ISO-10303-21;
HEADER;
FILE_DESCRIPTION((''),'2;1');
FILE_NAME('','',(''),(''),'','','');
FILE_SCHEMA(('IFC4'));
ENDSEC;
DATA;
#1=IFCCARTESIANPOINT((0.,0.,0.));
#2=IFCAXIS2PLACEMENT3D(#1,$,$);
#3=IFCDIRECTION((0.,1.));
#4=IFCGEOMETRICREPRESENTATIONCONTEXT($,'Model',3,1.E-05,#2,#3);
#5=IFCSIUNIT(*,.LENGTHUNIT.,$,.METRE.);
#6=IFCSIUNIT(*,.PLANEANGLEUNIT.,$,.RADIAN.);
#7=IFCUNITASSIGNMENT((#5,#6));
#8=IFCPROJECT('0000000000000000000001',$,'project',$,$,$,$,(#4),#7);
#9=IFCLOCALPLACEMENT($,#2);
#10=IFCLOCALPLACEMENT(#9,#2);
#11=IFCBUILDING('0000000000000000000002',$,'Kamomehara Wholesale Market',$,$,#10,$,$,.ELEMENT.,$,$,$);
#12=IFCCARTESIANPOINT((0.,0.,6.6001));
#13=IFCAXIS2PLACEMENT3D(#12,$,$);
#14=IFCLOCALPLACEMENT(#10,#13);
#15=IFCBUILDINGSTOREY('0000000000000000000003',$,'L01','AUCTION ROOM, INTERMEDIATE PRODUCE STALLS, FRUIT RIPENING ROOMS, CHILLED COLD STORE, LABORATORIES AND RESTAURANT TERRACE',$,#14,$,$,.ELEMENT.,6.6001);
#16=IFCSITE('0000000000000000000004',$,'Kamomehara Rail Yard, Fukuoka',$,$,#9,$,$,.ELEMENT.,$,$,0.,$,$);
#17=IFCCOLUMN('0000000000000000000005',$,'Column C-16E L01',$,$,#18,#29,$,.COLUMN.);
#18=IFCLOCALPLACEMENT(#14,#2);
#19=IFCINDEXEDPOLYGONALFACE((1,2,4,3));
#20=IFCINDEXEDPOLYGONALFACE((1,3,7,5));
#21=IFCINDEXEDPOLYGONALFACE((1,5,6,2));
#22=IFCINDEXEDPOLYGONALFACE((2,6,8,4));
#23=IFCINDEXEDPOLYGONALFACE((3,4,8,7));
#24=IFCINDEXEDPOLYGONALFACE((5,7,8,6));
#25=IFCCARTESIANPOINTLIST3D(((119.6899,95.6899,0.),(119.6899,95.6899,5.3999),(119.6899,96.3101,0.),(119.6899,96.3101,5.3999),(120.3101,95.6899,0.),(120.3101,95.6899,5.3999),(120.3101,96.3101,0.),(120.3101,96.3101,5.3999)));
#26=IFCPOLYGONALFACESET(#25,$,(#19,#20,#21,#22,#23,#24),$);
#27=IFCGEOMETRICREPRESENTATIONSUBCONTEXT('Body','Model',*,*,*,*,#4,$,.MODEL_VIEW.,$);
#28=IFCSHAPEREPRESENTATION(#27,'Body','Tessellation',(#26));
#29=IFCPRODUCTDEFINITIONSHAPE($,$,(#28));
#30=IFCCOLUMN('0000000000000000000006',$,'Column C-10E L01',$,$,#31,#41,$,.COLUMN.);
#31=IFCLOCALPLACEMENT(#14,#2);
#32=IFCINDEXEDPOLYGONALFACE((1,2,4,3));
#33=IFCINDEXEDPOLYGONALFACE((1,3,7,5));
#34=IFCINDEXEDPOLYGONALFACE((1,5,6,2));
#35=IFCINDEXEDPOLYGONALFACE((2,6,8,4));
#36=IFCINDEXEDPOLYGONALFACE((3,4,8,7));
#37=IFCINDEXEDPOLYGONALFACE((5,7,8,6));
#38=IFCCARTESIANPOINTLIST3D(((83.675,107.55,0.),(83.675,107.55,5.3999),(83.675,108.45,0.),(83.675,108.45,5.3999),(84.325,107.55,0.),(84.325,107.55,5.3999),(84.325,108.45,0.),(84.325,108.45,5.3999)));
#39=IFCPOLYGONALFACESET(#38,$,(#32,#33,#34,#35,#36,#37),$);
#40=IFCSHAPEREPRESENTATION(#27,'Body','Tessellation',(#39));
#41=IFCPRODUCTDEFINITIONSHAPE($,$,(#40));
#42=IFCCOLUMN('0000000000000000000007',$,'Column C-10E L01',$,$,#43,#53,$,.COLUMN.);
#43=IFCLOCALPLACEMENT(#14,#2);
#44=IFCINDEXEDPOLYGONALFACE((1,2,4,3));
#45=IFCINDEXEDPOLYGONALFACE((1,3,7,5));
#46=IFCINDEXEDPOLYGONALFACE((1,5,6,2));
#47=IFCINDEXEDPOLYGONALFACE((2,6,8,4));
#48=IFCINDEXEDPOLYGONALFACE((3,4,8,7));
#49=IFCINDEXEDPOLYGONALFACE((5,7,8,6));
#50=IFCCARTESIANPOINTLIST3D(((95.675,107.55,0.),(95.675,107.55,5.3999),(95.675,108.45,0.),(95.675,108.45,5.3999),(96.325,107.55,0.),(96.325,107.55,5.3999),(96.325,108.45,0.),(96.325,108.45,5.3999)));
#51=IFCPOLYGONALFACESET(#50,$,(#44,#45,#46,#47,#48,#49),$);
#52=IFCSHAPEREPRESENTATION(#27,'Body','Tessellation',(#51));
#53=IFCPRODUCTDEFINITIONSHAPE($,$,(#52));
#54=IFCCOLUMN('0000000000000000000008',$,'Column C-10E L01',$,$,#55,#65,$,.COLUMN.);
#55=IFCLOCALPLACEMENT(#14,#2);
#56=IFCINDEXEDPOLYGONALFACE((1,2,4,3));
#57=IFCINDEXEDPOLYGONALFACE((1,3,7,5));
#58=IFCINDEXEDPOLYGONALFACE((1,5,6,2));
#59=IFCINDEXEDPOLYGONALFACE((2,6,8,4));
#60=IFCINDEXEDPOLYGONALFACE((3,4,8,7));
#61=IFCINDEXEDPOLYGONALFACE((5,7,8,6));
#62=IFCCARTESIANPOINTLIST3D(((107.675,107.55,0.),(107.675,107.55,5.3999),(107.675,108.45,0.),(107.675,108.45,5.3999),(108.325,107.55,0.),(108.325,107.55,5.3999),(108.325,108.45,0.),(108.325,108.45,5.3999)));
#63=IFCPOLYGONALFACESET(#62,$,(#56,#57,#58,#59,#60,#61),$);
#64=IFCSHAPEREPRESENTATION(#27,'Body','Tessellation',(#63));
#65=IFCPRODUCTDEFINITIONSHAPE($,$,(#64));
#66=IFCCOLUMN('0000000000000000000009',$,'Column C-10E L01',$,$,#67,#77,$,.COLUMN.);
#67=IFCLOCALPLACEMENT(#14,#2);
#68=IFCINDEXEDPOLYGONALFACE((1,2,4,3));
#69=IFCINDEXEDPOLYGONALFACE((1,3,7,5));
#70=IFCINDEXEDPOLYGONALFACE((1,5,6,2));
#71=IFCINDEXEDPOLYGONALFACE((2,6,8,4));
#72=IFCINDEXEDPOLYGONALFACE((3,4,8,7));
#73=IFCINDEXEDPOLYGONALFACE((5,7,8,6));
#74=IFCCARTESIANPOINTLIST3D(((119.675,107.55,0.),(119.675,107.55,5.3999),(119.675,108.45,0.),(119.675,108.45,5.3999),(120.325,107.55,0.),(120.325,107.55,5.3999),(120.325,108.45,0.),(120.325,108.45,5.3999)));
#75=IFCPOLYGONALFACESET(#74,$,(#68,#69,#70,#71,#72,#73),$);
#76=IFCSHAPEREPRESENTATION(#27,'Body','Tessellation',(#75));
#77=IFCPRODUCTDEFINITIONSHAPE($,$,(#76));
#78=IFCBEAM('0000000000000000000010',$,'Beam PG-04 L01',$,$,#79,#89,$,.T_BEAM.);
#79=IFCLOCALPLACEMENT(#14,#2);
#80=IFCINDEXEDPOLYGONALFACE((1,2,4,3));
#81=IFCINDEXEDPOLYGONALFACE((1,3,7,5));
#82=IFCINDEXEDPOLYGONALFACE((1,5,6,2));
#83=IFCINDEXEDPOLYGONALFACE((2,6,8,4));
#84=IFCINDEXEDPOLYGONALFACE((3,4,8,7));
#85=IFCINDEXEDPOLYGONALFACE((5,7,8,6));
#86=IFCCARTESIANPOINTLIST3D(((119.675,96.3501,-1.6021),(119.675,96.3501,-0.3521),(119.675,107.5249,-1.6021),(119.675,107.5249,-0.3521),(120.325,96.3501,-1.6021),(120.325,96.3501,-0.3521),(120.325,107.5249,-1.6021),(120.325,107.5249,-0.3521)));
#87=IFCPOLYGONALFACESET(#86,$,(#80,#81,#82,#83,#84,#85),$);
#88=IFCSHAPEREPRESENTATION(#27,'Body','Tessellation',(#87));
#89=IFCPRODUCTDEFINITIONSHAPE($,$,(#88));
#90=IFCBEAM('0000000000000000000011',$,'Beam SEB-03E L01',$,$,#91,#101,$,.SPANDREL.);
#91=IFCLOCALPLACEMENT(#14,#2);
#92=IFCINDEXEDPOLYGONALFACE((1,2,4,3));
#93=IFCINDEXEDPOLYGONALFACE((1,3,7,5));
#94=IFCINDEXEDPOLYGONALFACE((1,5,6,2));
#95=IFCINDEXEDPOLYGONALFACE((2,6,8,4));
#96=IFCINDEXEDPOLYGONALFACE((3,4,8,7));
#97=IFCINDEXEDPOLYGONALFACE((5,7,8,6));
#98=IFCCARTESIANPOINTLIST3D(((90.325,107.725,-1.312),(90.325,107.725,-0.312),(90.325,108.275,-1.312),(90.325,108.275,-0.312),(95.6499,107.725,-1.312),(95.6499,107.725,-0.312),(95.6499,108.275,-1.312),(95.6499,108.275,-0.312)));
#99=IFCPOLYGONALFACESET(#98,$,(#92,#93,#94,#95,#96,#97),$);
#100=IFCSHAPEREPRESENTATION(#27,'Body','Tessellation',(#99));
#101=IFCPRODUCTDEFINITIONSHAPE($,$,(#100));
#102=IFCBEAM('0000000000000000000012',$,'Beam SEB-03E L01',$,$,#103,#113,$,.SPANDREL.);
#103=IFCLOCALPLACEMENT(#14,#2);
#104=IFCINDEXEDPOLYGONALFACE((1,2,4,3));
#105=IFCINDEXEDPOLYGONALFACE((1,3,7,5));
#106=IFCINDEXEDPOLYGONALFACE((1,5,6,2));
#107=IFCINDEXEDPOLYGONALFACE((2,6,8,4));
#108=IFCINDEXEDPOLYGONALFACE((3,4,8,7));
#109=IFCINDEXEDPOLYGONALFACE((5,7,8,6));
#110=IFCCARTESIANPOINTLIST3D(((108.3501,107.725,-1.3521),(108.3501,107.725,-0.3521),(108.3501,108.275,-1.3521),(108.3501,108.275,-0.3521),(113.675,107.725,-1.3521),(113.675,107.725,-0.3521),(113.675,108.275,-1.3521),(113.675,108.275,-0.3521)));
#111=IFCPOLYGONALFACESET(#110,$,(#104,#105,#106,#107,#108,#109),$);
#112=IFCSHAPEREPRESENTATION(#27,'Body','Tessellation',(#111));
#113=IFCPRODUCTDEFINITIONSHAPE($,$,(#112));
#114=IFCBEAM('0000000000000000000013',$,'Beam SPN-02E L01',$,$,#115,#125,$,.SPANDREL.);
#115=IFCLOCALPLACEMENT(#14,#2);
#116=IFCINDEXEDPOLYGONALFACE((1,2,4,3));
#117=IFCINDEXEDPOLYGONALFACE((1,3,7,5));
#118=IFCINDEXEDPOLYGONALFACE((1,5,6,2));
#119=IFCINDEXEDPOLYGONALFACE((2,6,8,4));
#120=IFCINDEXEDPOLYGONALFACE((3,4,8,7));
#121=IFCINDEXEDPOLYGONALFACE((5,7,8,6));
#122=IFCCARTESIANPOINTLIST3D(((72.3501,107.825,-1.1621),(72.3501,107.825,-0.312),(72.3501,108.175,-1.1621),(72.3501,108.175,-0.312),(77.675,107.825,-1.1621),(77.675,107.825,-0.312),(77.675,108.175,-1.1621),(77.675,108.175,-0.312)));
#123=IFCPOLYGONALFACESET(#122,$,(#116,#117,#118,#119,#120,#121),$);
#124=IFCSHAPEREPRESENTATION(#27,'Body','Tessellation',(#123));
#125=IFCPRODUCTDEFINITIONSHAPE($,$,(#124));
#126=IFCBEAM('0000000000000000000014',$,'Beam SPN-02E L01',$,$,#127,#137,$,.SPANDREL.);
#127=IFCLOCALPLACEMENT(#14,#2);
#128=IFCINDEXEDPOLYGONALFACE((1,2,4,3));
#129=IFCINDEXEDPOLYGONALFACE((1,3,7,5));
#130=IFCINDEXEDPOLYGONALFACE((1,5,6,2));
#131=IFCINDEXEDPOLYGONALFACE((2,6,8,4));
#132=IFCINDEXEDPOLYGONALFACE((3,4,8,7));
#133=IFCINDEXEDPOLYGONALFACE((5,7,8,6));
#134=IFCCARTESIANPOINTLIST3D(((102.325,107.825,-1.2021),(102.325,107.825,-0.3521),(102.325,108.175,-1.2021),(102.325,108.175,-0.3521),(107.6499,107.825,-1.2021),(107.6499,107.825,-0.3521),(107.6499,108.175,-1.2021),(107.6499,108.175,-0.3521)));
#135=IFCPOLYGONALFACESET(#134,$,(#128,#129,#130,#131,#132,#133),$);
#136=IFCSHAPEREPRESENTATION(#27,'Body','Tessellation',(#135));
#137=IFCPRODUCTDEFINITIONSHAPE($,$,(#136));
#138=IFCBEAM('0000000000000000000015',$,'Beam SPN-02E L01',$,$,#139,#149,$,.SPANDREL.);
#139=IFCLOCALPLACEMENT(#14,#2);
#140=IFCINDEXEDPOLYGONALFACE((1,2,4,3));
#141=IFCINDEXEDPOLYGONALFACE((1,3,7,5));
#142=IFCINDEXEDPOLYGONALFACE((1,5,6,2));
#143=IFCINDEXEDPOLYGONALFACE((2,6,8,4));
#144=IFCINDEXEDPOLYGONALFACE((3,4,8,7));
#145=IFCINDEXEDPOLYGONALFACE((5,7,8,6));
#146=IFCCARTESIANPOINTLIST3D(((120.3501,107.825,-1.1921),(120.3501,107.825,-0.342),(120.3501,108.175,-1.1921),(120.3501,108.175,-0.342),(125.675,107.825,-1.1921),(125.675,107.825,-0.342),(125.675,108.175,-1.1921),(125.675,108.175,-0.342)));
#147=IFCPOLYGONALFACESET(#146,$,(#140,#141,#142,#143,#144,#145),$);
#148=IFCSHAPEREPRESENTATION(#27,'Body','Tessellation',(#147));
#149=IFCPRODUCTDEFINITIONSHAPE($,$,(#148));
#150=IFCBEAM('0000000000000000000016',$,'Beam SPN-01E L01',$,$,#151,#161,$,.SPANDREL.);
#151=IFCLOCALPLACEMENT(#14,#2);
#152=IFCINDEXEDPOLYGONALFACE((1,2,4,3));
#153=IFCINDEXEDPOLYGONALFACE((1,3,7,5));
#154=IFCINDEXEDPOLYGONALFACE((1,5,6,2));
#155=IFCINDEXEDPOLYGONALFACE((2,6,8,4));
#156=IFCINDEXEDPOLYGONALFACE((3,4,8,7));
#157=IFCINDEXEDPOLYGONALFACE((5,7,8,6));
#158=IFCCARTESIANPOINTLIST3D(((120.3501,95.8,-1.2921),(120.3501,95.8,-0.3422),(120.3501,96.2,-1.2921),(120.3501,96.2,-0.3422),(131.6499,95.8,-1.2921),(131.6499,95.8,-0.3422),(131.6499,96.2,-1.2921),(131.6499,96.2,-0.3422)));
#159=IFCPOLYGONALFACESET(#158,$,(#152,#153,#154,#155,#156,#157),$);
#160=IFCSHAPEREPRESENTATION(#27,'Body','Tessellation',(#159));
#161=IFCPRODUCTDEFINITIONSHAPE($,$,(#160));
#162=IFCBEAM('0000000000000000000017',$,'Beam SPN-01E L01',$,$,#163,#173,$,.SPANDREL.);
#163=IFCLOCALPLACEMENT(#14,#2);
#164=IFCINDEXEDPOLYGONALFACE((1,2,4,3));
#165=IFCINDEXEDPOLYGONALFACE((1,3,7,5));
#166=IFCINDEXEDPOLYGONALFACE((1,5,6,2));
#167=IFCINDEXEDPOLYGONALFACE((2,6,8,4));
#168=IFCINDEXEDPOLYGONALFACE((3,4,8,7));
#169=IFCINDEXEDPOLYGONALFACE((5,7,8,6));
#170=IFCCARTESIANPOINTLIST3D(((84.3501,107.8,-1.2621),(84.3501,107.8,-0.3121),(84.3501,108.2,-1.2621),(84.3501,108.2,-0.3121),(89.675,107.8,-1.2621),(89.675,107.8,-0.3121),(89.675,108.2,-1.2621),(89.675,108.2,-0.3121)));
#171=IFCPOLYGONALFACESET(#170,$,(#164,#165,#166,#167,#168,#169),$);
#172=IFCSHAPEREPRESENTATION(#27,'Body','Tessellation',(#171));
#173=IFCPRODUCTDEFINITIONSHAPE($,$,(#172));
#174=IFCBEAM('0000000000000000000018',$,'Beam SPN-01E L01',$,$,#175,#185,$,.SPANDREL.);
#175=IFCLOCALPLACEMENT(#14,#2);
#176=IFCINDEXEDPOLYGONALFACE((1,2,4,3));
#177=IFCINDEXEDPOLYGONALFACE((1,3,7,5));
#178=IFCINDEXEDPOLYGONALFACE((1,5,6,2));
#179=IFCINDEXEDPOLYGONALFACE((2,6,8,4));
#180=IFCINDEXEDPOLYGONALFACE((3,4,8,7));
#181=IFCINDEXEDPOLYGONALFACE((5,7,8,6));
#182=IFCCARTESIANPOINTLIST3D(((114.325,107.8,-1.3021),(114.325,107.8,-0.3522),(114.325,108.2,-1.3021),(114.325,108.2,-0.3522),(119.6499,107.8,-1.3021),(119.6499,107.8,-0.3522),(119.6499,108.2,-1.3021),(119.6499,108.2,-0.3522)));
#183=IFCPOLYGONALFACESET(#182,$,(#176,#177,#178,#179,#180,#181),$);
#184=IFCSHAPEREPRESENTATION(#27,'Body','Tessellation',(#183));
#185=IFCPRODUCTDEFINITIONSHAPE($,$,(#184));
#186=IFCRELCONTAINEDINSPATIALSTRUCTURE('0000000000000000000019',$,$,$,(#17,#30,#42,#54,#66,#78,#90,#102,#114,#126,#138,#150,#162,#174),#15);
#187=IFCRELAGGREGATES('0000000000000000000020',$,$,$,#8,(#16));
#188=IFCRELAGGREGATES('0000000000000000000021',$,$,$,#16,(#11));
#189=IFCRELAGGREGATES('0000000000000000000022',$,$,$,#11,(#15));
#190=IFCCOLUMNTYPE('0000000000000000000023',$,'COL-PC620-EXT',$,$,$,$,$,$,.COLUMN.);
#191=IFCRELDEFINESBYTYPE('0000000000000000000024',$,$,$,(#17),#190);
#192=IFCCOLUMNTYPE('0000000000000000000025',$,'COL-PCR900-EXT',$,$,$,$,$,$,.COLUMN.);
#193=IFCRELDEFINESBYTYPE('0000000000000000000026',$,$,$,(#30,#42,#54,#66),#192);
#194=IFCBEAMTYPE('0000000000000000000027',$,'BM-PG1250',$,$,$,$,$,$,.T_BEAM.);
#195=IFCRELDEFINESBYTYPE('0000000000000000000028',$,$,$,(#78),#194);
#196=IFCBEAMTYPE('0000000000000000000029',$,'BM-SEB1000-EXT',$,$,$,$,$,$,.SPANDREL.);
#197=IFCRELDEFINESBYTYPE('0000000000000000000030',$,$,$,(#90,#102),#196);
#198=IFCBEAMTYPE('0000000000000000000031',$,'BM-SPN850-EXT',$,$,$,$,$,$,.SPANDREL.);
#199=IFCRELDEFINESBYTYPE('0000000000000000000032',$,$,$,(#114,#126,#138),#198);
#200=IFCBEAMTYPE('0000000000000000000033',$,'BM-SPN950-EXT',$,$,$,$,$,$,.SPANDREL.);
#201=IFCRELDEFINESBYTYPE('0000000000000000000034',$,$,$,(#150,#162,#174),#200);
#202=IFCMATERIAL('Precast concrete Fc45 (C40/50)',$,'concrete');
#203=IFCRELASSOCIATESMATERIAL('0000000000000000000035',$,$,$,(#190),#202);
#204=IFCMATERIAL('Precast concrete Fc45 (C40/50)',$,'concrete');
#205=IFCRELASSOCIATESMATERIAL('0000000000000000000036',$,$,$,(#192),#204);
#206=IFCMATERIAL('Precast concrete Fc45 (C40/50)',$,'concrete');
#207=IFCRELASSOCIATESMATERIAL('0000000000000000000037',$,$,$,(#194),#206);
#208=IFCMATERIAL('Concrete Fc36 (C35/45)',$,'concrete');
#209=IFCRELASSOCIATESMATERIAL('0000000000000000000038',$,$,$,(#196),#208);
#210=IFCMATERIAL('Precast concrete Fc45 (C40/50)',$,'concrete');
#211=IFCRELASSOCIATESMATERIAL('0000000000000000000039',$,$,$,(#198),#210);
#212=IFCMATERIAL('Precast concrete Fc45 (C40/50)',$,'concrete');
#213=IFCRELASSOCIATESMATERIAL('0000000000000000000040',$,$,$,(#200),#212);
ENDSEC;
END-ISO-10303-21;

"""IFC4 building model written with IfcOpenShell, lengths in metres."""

from ifc_helpers import new_model, si_unit, direction, frame, origin, origin_2d, place, context, subcontext, project, spatial, rectangle, extrude, material, material_profile, profile_set, type_object, element, save


model = new_model("IFC4")

# Units and contexts
model_context = context("Model", 3, precision=1e-05, world=origin(), true_north=direction((0.0, 1.0)))
body_context = subcontext(model_context, "Body", "Model", "MODEL_VIEW")
ifc_project = project(units=[si_unit("LENGTHUNIT", "METRE"), si_unit("PLANEANGLEUNIT", "RADIAN")], contexts=[model_context])

# Site, building, storey
site_placement = place(None, origin())
site = spatial("IfcSite", under=ifc_project, at=site_placement, Name="Kamomehara Rail Yard, Fukuoka", CompositionType="ELEMENT", RefElevation=0.0)
building_placement = place(site_placement, origin())
building = spatial("IfcBuilding", under=site, at=building_placement, Name="Kamomehara Wholesale Market", CompositionType="ELEMENT")
storey_placement = place(building_placement, frame((0.0, 0.0, 6.6001)))
storey = spatial("IfcBuildingStorey", under=building, at=storey_placement, Name="L01", Description="AUCTION ROOM, INTERMEDIATE PRODUCE STALLS, FRUIT RIPENING ROOMS, CHILLED COLD STORE, LABORATORIES AND RESTAURANT TERRACE", CompositionType="ELEMENT", Elevation=6.6001)

# Columns
ifc_material_1 = material(Name="Precast concrete Fc45 (C40/50)", Category="concrete")
ifc_material_profile_1 = material_profile(ifc_material_1, rectangle(XDim=0.6201, YDim=0.6201, at=origin_2d()), Name="PC-COL-620x620")
ifc_profile_set_1 = profile_set([ifc_material_profile_1], Name="Precast concrete Fc45 (C40/50)")
column_type_1 = type_object("IfcColumnType", Name="COL-PC620-EXT", PredefinedType="COLUMN", material=ifc_profile_set_1)
column_placement = place(storey_placement, frame((120.0, 96.0, 0.0), z_axis=(0.0, 0.0, 1.0), x_axis=(1.0, 0.0, 0.0)))
element("IfcColumn", 1, at=column_placement, inside=storey, type_object=column_type_1, Name="Column C-16E L01", PredefinedType="COLUMN", context=body_context, shape_type="SweptSolid", body=[
    extrude(rectangle(XDim=0.6201, YDim=0.6201, at=origin_2d()), origin(), (0.0, 0.0, 1.0), 5.3999),
])
ifc_material_2 = material(Name="Precast concrete Fc45 (C40/50)", Category="concrete")
ifc_material_profile_2 = material_profile(ifc_material_2, rectangle(XDim=0.6499, YDim=0.8999, at=origin_2d()), Name="PC-COL-650x900")
ifc_profile_set_2 = profile_set([ifc_material_profile_2], Name="Precast concrete Fc45 (C40/50)")
column_type_2 = type_object("IfcColumnType", Name="COL-PCR900-EXT", PredefinedType="COLUMN", material=ifc_profile_set_2)
for number, where, z_axis, x_axis, name in (
    (2, (84.0, 108.0, 0.0), (0.0, 0.0, 1.0), (1.0, 0.0, 0.0), "Column C-10E L01"),
    (3, (96.0, 108.0, 0.0), (0.0, 0.0, 1.0), (1.0, 0.0, 0.0), "Column C-10E L01"),
    (4, (108.0, 108.0, 0.0), (0.0, 0.0, 1.0), (1.0, 0.0, 0.0), "Column C-10E L01"),
    (5, (120.0, 108.0, 0.0), (0.0, 0.0, 1.0), (1.0, 0.0, 0.0), "Column C-10E L01"),
):
    element("IfcColumn", number, at=place(storey_placement, frame(where, z_axis=z_axis, x_axis=x_axis)), inside=storey, type_object=column_type_2, Name=name, PredefinedType="COLUMN", context=body_context, shape_type="SweptSolid", body=[
        extrude(rectangle(XDim=0.6499, YDim=0.8999, at=origin_2d()), origin(), (0.0, 0.0, 1.0), 5.3999),
    ])

# Beams
ifc_material_3 = material(Name="Precast concrete Fc45 (C40/50)", Category="concrete")
ifc_material_profile_3 = material_profile(ifc_material_3, rectangle(XDim=0.6499, YDim=1.25, at=origin_2d()), Name="PC-GRD-650x1250")
ifc_profile_set_3 = profile_set([ifc_material_profile_3], Name="Precast concrete Fc45 (C40/50)")
beam_type_1 = type_object("IfcBeamType", Name="BM-PG1250", PredefinedType="T_BEAM", material=ifc_profile_set_3)
beam_1_placement = place(storey_placement, frame((120.0, 96.3501, -0.9771), z_axis=(0.0, 1.0, 0.0), x_axis=(-1.0, 0.0, 0.0)))
element("IfcBeam", 6, at=beam_1_placement, inside=storey, type_object=beam_type_1, Name="Beam PG-04 L01", PredefinedType="T_BEAM", context=body_context, shape_type="SweptSolid", body=[
    extrude(rectangle(XDim=0.6499, YDim=1.25, at=origin_2d()), origin(), (0.0, 0.0, 1.0), 11.1748),
])
ifc_material_4 = material(Name="Concrete Fc36 (C35/45)", Category="concrete")
ifc_material_profile_4 = material_profile(ifc_material_4, rectangle(XDim=0.55, YDim=1.0, at=origin_2d()), Name="RC-SEB-550x1000")
ifc_profile_set_4 = profile_set([ifc_material_profile_4], Name="Concrete Fc36 (C35/45)")
beam_type_2 = type_object("IfcBeamType", Name="BM-SEB1000-EXT", PredefinedType="SPANDREL", material=ifc_profile_set_4)
for number, where, z_axis, x_axis, name in (
    (7, (90.325, 108.0, -0.812), (1.0, 0.0, 0.0), (0.0, 1.0, 0.0), "Beam SEB-03E L01"),
    (8, (108.3501, 108.0, -0.8521), (1.0, 0.0, 0.0), (0.0, 1.0, 0.0), "Beam SEB-03E L01"),
):
    element("IfcBeam", number, at=place(storey_placement, frame(where, z_axis=z_axis, x_axis=x_axis)), inside=storey, type_object=beam_type_2, Name=name, PredefinedType="SPANDREL", context=body_context, shape_type="SweptSolid", body=[
        extrude(rectangle(XDim=0.55, YDim=1.0, at=origin_2d()), origin(), (0.0, 0.0, 1.0), 5.325),
    ])
ifc_material_5 = material(Name="Precast concrete Fc45 (C40/50)", Category="concrete")
ifc_material_profile_5 = material_profile(ifc_material_5, rectangle(XDim=0.3501, YDim=0.8501, at=origin_2d()), Name="PC-SPN-350x850")
ifc_profile_set_5 = profile_set([ifc_material_profile_5], Name="Precast concrete Fc45 (C40/50)")
beam_type_3 = type_object("IfcBeamType", Name="BM-SPN850-EXT", PredefinedType="SPANDREL", material=ifc_profile_set_5)
for number, where, z_axis, x_axis, name in (
    (9, (72.3501, 108.0, -0.7371), (1.0, 0.0, 0.0), (0.0, 1.0, 0.0), "Beam SPN-02E L01"),
    (10, (102.325, 108.0, -0.7771), (1.0, 0.0, 0.0), (0.0, 1.0, 0.0), "Beam SPN-02E L01"),
    (11, (120.3501, 108.0, -0.7671), (1.0, 0.0, 0.0), (0.0, 1.0, 0.0), "Beam SPN-02E L01"),
):
    element("IfcBeam", number, at=place(storey_placement, frame(where, z_axis=z_axis, x_axis=x_axis)), inside=storey, type_object=beam_type_3, Name=name, PredefinedType="SPANDREL", context=body_context, shape_type="SweptSolid", body=[
        extrude(rectangle(XDim=0.3501, YDim=0.8501, at=origin_2d()), origin(), (0.0, 0.0, 1.0), 5.325),
    ])
ifc_material_6 = material(Name="Precast concrete Fc45 (C40/50)", Category="concrete")
ifc_material_profile_6 = material_profile(ifc_material_6, rectangle(XDim=0.3999, YDim=0.95, at=origin_2d()), Name="PC-SPN-400x950")
ifc_profile_set_6 = profile_set([ifc_material_profile_6], Name="Precast concrete Fc45 (C40/50)")
beam_type_4 = type_object("IfcBeamType", Name="BM-SPN950-EXT", PredefinedType="SPANDREL", material=ifc_profile_set_6)
beam_2_placement = place(storey_placement, frame((120.3501, 96.0, -0.8171), z_axis=(1.0, 0.0, 0.0), x_axis=(0.0, 1.0, 0.0)))
element("IfcBeam", 12, at=beam_2_placement, inside=storey, type_object=beam_type_4, Name="Beam SPN-01E L01", PredefinedType="SPANDREL", context=body_context, shape_type="SweptSolid", body=[
    extrude(rectangle(XDim=0.3999, YDim=0.95, at=origin_2d()), origin(), (0.0, 0.0, 1.0), 11.2998),
])
for number, where, z_axis, x_axis, name in (
    (13, (84.3501, 108.0, -0.7871), (1.0, 0.0, 0.0), (0.0, 1.0, 0.0), "Beam SPN-01E L01"),
    (14, (114.325, 108.0, -0.8271), (1.0, 0.0, 0.0), (0.0, 1.0, 0.0), "Beam SPN-01E L01"),
):
    element("IfcBeam", number, at=place(storey_placement, frame(where, z_axis=z_axis, x_axis=x_axis)), inside=storey, type_object=beam_type_4, Name=name, PredefinedType="SPANDREL", context=body_context, shape_type="SweptSolid", body=[
        extrude(rectangle(XDim=0.3999, YDim=0.95, at=origin_2d()), origin(), (0.0, 0.0, 1.0), 5.325),
    ])

save(model, "model.ifc")
